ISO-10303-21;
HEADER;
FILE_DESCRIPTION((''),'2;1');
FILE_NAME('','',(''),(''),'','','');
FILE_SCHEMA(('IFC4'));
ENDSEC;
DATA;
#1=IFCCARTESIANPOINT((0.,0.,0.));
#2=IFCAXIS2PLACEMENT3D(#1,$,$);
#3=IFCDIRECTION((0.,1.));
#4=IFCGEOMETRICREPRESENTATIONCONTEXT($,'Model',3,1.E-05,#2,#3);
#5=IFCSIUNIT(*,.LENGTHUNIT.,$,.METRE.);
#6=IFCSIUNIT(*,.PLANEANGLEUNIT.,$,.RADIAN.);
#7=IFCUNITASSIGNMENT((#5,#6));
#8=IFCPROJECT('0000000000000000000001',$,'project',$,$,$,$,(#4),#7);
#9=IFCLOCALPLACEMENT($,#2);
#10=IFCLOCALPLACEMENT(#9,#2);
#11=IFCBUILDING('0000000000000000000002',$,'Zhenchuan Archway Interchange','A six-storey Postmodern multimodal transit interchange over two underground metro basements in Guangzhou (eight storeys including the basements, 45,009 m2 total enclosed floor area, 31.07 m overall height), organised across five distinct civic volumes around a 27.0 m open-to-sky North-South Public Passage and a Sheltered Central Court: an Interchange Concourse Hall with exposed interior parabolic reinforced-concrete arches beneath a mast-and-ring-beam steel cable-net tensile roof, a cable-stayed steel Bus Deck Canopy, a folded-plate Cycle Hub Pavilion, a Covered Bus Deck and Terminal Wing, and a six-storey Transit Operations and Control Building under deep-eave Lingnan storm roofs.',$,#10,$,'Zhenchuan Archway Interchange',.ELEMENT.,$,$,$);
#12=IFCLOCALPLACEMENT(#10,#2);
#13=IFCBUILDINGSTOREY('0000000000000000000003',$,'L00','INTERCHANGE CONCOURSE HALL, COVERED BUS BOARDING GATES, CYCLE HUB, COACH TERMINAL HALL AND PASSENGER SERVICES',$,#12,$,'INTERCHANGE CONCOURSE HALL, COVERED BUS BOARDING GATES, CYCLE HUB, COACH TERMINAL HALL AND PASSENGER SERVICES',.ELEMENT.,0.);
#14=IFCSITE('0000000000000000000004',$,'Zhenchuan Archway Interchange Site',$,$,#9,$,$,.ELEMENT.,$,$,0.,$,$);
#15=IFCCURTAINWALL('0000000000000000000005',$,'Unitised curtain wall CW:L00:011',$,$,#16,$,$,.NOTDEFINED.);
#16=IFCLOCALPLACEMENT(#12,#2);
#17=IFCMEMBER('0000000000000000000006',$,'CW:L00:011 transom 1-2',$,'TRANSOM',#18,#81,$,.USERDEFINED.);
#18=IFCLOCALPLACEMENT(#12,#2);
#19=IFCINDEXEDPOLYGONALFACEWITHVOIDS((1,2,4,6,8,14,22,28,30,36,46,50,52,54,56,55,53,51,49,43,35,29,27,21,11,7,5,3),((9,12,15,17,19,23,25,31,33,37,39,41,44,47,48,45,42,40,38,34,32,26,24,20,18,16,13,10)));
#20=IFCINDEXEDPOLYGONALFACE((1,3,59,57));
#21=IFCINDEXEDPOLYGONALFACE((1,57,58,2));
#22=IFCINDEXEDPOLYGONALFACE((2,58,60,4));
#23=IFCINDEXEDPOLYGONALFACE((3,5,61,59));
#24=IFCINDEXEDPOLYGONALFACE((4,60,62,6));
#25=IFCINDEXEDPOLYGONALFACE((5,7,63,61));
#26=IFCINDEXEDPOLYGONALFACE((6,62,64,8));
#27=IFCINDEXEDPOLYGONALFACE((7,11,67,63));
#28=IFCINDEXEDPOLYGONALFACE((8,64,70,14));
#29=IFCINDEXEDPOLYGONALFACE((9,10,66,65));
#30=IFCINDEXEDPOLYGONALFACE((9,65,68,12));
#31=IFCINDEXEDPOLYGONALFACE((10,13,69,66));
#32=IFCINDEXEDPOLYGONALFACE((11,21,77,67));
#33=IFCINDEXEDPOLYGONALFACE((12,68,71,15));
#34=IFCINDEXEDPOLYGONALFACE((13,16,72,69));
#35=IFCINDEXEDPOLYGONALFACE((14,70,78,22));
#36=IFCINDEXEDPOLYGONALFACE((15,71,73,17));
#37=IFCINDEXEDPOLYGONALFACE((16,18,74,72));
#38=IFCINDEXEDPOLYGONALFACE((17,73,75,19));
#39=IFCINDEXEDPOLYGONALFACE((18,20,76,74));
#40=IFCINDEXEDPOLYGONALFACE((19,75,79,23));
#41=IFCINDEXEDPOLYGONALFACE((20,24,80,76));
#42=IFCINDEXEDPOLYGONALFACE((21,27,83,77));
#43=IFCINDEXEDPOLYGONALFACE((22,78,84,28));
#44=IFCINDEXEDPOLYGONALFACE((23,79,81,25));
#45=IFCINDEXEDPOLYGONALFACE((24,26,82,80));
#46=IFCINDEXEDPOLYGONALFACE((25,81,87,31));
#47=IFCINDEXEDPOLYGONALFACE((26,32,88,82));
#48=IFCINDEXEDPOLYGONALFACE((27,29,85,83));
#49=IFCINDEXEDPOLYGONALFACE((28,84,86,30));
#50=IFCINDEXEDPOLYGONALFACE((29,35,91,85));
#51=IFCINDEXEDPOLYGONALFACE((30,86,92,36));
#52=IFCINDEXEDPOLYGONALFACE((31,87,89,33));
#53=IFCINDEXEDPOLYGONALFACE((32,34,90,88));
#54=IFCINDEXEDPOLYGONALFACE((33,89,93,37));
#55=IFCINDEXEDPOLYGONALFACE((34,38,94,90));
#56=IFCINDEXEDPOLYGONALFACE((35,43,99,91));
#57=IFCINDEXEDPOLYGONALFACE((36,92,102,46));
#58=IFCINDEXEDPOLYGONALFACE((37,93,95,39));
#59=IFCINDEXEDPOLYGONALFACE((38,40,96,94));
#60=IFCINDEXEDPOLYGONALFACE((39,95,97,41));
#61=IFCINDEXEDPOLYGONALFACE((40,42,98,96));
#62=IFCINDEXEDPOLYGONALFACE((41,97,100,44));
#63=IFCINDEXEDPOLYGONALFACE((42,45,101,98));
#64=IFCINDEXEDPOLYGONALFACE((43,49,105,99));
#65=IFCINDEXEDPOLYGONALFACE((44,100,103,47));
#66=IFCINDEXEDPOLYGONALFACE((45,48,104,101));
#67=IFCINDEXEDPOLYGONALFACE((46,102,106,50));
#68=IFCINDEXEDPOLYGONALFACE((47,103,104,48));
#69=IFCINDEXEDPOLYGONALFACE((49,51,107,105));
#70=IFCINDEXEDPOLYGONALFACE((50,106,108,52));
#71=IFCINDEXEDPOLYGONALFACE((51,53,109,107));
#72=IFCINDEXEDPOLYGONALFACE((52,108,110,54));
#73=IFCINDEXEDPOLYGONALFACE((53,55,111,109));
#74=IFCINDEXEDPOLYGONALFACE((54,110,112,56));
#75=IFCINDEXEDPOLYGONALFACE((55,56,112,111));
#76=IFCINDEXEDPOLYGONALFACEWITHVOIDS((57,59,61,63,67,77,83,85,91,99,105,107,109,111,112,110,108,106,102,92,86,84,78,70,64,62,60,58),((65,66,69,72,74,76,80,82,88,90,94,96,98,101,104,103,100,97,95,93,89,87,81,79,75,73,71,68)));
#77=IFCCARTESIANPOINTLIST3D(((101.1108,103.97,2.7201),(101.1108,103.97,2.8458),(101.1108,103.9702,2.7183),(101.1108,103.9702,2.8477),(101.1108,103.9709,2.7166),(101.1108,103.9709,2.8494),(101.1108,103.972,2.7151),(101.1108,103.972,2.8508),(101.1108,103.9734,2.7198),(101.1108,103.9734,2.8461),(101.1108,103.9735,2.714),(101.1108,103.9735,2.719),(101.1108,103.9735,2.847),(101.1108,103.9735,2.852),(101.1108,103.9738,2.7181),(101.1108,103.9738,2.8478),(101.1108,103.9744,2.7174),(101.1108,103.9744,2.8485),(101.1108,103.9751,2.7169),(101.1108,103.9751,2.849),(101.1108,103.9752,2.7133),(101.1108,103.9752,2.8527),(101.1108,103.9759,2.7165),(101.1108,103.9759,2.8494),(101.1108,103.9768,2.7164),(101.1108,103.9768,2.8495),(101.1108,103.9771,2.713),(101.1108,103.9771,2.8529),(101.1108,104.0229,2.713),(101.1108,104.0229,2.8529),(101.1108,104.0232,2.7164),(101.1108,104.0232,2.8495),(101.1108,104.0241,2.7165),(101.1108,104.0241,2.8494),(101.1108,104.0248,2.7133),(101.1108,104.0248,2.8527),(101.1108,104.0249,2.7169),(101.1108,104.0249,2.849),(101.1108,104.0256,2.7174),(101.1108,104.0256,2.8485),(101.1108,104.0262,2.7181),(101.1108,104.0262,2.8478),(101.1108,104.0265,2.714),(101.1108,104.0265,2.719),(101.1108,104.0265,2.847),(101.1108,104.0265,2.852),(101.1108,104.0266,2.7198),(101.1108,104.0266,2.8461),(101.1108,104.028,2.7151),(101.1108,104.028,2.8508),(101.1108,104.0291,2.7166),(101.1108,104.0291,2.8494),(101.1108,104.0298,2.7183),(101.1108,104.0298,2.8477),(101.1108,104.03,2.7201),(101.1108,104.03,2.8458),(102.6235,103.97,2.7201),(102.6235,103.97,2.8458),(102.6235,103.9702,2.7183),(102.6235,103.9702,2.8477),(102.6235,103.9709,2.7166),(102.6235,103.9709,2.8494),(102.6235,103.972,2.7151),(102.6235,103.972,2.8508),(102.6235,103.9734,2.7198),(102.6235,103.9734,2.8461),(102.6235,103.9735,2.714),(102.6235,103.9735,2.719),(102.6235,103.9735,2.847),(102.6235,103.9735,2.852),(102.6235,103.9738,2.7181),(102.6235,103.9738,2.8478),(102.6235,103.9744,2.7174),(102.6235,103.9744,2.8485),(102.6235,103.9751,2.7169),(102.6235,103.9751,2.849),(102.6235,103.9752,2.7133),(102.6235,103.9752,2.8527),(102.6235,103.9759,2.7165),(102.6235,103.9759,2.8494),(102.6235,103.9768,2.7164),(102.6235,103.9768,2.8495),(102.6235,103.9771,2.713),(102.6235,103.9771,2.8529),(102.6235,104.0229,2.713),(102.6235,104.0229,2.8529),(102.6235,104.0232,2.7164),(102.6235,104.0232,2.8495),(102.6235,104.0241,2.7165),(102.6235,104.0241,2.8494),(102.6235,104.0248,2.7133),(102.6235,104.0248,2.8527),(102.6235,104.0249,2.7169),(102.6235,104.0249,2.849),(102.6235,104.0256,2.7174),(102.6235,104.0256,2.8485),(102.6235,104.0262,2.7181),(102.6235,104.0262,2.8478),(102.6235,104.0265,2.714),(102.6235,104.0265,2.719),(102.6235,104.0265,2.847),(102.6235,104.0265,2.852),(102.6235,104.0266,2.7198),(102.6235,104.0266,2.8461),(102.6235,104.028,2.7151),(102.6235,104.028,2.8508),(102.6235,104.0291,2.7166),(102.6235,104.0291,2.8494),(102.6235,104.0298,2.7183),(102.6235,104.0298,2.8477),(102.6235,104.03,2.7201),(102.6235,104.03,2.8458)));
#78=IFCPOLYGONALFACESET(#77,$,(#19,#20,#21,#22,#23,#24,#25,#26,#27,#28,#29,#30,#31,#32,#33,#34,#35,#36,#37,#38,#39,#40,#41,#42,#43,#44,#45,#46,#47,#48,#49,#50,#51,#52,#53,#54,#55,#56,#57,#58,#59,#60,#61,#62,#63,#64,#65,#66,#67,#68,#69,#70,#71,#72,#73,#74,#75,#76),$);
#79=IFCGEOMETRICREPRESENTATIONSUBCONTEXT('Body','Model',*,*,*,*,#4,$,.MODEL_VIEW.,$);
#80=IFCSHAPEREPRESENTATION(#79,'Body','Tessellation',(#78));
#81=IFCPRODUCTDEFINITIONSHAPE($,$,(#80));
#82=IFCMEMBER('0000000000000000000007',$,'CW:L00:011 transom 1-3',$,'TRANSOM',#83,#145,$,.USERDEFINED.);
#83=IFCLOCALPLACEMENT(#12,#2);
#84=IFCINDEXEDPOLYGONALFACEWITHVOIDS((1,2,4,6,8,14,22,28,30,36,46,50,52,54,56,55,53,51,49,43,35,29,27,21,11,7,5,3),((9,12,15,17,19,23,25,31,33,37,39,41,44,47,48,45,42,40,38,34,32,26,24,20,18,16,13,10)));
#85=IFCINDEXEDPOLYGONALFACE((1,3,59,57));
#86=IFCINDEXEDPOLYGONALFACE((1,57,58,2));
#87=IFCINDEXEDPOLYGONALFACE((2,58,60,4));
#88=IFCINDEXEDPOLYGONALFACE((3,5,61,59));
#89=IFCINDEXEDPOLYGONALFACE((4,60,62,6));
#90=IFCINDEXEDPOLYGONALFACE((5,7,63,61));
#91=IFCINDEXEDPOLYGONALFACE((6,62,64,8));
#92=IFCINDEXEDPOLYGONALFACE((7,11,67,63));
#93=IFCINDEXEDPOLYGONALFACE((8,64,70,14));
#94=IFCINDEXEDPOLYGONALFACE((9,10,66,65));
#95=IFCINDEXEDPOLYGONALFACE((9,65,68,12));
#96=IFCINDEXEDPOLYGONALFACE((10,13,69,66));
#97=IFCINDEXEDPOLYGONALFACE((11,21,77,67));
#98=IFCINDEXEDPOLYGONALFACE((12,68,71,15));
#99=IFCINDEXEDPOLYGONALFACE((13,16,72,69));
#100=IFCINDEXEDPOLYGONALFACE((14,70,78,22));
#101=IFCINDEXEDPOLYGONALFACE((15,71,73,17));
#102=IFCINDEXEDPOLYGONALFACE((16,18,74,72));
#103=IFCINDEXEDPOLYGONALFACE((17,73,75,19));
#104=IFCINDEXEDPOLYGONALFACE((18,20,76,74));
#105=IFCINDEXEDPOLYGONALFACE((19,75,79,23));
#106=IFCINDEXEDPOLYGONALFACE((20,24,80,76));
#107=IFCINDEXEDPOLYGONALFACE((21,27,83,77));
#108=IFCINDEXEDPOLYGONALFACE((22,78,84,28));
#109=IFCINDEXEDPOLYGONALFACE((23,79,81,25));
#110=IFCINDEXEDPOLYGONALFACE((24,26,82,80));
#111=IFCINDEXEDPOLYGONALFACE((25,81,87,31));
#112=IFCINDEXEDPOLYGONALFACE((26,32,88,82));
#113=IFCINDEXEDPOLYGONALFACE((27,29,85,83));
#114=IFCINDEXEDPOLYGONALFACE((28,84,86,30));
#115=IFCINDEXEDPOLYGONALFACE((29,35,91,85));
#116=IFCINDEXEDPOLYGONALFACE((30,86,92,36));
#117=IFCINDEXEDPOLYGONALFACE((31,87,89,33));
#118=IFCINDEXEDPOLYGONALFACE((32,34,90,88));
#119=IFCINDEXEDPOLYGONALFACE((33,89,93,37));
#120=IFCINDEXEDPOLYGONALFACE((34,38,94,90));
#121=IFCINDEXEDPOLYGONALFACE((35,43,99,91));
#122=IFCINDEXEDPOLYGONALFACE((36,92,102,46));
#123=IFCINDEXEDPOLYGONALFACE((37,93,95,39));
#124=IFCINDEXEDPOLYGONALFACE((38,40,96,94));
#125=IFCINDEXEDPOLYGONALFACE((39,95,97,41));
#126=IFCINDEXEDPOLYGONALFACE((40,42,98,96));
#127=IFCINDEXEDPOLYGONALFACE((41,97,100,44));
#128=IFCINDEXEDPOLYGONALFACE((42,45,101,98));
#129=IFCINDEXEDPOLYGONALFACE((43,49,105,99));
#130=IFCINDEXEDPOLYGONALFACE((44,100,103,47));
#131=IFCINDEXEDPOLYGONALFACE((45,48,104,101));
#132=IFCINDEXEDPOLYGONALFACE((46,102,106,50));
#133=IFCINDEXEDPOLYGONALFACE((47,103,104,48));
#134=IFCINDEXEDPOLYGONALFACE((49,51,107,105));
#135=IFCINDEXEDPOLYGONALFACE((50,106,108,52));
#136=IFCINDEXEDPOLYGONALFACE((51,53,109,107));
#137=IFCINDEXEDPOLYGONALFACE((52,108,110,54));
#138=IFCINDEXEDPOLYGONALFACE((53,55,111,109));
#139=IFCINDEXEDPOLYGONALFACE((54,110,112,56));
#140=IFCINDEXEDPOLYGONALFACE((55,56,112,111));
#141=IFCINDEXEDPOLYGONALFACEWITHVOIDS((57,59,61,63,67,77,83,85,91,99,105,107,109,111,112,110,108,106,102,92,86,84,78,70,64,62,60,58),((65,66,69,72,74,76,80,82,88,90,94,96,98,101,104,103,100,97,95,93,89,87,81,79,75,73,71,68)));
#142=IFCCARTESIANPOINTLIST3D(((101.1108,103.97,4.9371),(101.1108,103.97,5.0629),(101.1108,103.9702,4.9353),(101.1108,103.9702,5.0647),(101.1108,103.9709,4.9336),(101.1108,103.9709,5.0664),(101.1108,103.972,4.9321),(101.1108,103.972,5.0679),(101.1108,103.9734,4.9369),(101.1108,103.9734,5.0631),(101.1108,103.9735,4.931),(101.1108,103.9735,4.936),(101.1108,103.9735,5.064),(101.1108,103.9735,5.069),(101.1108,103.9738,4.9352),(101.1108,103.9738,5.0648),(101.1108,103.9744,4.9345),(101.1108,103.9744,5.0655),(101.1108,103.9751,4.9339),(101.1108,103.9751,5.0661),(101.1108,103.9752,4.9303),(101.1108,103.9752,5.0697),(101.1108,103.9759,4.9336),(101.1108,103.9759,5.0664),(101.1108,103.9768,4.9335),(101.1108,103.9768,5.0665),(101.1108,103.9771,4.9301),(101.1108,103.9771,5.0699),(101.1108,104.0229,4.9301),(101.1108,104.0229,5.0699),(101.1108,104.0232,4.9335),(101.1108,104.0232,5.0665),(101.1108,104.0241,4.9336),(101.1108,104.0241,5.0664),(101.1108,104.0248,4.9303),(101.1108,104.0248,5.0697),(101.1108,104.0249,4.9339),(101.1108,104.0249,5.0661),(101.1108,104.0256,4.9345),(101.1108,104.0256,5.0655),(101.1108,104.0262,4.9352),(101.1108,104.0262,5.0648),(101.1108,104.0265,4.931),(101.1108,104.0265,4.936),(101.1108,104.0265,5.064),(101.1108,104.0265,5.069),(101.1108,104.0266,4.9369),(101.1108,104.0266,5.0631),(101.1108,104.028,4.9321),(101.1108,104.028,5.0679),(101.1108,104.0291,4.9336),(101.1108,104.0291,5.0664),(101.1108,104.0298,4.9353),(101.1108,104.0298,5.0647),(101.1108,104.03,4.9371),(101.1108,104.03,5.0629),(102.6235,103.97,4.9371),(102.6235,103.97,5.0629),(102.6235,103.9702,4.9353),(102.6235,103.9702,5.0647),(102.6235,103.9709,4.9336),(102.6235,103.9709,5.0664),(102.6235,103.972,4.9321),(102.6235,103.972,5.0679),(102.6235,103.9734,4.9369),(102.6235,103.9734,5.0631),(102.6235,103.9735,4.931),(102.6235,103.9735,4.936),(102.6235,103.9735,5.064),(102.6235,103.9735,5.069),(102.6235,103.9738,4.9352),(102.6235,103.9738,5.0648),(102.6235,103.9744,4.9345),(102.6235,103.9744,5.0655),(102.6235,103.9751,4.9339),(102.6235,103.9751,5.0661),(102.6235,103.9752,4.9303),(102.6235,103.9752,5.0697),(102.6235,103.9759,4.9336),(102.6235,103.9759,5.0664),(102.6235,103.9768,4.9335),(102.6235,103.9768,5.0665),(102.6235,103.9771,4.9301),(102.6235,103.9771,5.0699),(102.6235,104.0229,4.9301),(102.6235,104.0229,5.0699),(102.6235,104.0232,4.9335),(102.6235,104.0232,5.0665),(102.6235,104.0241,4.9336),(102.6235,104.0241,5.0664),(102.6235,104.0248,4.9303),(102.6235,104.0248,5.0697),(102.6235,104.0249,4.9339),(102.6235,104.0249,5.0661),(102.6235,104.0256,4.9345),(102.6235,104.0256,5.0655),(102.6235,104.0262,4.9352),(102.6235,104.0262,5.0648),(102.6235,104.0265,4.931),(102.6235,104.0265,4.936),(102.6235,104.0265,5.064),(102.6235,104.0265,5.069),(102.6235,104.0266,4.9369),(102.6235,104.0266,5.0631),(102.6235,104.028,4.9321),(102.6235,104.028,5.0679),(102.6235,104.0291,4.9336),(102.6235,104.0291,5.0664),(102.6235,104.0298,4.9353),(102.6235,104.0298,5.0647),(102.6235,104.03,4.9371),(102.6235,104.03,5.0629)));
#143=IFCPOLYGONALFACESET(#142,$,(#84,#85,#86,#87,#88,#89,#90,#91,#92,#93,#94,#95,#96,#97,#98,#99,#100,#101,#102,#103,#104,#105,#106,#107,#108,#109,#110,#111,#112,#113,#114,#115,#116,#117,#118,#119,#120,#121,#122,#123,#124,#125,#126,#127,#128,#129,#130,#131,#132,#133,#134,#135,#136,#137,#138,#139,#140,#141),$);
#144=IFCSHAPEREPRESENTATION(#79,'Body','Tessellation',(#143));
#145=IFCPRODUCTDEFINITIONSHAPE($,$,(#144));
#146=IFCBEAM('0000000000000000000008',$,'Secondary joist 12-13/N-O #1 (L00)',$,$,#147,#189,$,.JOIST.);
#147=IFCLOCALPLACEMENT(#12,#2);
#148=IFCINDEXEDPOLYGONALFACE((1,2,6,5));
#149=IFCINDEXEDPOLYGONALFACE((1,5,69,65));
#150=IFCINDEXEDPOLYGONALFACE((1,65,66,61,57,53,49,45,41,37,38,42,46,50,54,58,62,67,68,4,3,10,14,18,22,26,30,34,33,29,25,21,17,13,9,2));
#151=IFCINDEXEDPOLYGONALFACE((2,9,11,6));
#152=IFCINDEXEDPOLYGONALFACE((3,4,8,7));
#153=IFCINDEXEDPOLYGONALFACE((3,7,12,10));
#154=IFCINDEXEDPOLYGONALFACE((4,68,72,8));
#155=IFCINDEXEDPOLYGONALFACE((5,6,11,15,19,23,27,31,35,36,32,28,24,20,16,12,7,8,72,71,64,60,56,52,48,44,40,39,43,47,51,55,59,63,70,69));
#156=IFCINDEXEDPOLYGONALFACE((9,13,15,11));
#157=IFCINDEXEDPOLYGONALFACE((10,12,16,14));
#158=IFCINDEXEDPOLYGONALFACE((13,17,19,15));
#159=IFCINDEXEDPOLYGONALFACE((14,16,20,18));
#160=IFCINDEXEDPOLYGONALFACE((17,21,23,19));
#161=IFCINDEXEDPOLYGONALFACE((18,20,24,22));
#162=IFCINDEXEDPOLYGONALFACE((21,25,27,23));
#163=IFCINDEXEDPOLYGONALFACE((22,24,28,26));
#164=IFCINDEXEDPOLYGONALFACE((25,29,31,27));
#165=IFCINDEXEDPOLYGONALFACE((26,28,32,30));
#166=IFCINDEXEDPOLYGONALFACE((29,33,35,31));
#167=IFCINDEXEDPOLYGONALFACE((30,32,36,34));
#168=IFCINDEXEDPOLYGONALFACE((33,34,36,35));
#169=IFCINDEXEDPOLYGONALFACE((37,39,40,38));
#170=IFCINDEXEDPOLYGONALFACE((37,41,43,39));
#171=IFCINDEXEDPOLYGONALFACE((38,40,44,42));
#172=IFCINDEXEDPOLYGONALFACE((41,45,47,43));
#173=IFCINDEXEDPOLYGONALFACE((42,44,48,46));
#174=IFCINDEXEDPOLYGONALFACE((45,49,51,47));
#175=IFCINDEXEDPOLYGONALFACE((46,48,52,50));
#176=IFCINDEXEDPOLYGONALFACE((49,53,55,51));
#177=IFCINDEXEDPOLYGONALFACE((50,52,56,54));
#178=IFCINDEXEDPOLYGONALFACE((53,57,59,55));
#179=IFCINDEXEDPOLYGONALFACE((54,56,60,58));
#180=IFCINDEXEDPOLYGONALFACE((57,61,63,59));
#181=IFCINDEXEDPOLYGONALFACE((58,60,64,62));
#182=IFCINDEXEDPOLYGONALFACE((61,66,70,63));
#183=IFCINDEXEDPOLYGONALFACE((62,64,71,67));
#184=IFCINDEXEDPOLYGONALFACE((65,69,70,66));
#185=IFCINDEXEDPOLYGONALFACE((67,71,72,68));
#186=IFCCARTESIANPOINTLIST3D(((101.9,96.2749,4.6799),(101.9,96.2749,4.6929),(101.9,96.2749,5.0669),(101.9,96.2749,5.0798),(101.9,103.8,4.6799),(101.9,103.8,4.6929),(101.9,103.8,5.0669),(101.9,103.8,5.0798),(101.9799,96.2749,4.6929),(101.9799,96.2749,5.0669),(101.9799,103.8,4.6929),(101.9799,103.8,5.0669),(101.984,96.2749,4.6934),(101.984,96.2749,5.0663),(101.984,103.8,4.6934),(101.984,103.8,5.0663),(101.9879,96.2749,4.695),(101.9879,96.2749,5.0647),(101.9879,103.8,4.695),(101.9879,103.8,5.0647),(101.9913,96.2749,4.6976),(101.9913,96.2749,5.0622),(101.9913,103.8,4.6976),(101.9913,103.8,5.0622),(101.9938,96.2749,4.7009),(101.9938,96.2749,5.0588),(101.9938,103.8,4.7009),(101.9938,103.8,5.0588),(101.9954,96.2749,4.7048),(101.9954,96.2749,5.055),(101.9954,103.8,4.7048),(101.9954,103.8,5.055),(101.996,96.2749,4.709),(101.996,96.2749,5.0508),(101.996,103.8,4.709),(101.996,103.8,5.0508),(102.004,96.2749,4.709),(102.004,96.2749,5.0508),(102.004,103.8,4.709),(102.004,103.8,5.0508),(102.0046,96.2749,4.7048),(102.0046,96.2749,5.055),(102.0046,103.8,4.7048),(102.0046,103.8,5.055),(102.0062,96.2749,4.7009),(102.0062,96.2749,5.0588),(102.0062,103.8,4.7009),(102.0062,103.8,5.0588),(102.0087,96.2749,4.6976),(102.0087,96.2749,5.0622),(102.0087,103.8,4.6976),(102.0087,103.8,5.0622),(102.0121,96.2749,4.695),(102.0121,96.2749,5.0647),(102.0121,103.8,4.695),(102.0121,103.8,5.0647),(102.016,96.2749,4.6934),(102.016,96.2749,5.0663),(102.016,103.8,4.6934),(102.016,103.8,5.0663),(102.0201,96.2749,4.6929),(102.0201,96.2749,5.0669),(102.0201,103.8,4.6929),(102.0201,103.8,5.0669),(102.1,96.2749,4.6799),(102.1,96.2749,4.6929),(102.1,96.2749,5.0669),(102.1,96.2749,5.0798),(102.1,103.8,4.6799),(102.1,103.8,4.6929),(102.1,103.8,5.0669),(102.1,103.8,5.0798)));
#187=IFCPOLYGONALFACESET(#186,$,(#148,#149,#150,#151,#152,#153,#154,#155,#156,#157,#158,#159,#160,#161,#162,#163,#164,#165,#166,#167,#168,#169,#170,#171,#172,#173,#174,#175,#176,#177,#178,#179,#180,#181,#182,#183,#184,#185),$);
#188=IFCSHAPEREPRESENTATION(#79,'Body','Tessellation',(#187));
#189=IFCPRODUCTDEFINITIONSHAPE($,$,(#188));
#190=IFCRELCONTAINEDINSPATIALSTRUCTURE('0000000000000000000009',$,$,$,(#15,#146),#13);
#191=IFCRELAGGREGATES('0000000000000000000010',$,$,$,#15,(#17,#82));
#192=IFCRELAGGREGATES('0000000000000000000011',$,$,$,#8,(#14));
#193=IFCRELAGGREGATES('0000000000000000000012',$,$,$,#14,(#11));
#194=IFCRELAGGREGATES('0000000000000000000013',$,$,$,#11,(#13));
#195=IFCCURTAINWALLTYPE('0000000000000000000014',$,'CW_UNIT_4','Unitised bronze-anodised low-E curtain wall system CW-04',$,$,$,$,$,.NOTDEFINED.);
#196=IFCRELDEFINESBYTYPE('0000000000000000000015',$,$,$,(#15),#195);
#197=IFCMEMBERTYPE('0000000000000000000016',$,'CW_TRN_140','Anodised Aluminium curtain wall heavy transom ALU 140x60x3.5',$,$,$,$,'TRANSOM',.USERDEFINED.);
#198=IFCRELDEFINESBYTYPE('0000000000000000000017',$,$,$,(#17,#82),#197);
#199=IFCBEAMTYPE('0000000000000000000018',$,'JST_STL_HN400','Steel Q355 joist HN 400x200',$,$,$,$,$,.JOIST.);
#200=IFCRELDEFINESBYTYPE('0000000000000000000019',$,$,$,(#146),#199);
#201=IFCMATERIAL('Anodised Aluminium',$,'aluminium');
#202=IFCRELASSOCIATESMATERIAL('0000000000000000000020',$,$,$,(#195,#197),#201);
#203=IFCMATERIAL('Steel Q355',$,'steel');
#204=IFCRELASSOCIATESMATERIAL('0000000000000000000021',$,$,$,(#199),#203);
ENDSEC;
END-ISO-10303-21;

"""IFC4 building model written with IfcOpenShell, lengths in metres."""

from ifc_helpers import new_model, si_unit, direction, frame, origin, origin_2d, place, context, subcontext, project, spatial, hollow_rectangle, i_section, extrude, material, material_profile, profile_set, type_object, element, aggregate, save


model = new_model("IFC4")

# Units and contexts
model_context = context("Model", 3, precision=1e-05, world=origin(), true_north=direction((0.0, 1.0)))
body_context = subcontext(model_context, "Body", "Model", "MODEL_VIEW")
ifc_project = project(units=[si_unit("LENGTHUNIT", "METRE"), si_unit("PLANEANGLEUNIT", "RADIAN")], contexts=[model_context])

# Site, building, storey
site_placement = place(None, origin())
site = spatial("IfcSite", under=ifc_project, at=site_placement, Name="Zhenchuan Archway Interchange Site", CompositionType="ELEMENT", RefElevation=0.0)
building_placement = place(site_placement, origin())
building = spatial("IfcBuilding", under=site, at=building_placement, Name="Zhenchuan Archway Interchange", Description="A six-storey Postmodern multimodal transit interchange over two underground metro basements in Guangzhou (eight storeys including the basements, 45,009 m2 total enclosed floor area, 31.07 m overall height), organised across five distinct civic volumes around a 27.0 m open-to-sky North-South Public Passage and a Sheltered Central Court: an Interchange Concourse Hall with exposed interior parabolic reinforced-concrete arches beneath a mast-and-ring-beam steel cable-net tensile roof, a cable-stayed steel Bus Deck Canopy, a folded-plate Cycle Hub Pavilion, a Covered Bus Deck and Terminal Wing, and a six-storey Transit Operations and Control Building under deep-eave Lingnan storm roofs.", LongName="Zhenchuan Archway Interchange", CompositionType="ELEMENT")
storey_placement = place(building_placement, origin())
storey = spatial("IfcBuildingStorey", under=building, at=storey_placement, Name="L00", Description="INTERCHANGE CONCOURSE HALL, COVERED BUS BOARDING GATES, CYCLE HUB, COACH TERMINAL HALL AND PASSENGER SERVICES", LongName="INTERCHANGE CONCOURSE HALL, COVERED BUS BOARDING GATES, CYCLE HUB, COACH TERMINAL HALL AND PASSENGER SERVICES", CompositionType="ELEMENT", Elevation=0.0)

# Curtain wall, members
ifc_material_1 = material(Name="Anodised Aluminium", Category="aluminium")
curtain_wall_type = type_object("IfcCurtainWallType", Name="CW_UNIT_4", Description="Unitised bronze-anodised low-E curtain wall system CW-04", PredefinedType="NOTDEFINED", material=ifc_material_1)
curtain_wall_placement = place(storey_placement, origin())
curtain_wall = element("IfcCurtainWall", 1, at=curtain_wall_placement, inside=storey, type_object=curtain_wall_type, Name="Unitised curtain wall CW:L00:011", PredefinedType="NOTDEFINED")
ifc_material_profile_1 = material_profile(ifc_material_1, hollow_rectangle(XDim=0.0601, YDim=0.1399, WallThickness=0.0034, InnerFilletRadius=0.0034, OuterFilletRadius=0.0071, at=origin_2d()), Name="ALU 140x60x3.5")
ifc_profile_set_1 = profile_set([ifc_material_profile_1], Name="Anodised Aluminium")
member_type_1 = type_object("IfcMemberType", Name="CW_TRN_140", Description="Anodised Aluminium curtain wall heavy transom ALU 140x60x3.5", ElementType="TRANSOM", PredefinedType="USERDEFINED", material=ifc_profile_set_1)
member_1_placement = place(storey_placement, frame((101.1108, 104.0, 2.783), z_axis=(1.0, 0.0, 0.0), x_axis=(0.0, 1.0, 0.0)))
member_1 = element("IfcMember", 2, at=member_1_placement, type_object=member_type_1, Name="CW:L00:011 transom 1-2", ObjectType="TRANSOM", PredefinedType="USERDEFINED", context=body_context, shape_type="SweptSolid", body=[
    extrude(hollow_rectangle(XDim=0.0601, YDim=0.1399, WallThickness=0.0034, InnerFilletRadius=0.0034, OuterFilletRadius=0.0071, at=origin_2d()), origin(), (0.0, 0.0, 1.0), 1.5127),
])
member_2_placement = place(storey_placement, frame((101.1108, 104.0, 5.0), z_axis=(1.0, 0.0, 0.0), x_axis=(0.0, 1.0, 0.0)))
member_2 = element("IfcMember", 3, at=member_2_placement, type_object=member_type_1, Name="CW:L00:011 transom 1-3", ObjectType="TRANSOM", PredefinedType="USERDEFINED", context=body_context, shape_type="SweptSolid", body=[
    extrude(hollow_rectangle(XDim=0.0601, YDim=0.1399, WallThickness=0.0034, InnerFilletRadius=0.0034, OuterFilletRadius=0.0071, at=origin_2d()), origin(), (0.0, 0.0, 1.0), 1.5127),
])

# Beam
ifc_material_2 = material(Name="Steel Q355", Category="steel")
ifc_material_profile_2 = material_profile(ifc_material_2, i_section(OverallWidth=0.2, OverallDepth=0.3999, WebThickness=0.0081, FlangeThickness=0.0129, FilletRadius=0.0161, at=origin_2d()), Name="HN 400x200")
ifc_profile_set_2 = profile_set([ifc_material_profile_2], Name="Steel Q355")
beam_type_1 = type_object("IfcBeamType", Name="JST_STL_HN400", Description="Steel Q355 joist HN 400x200", PredefinedType="JOIST", material=ifc_profile_set_2)
beam_1_placement = place(storey_placement, frame((102.0, 96.2749, 4.8799), z_axis=(0.0, 1.0, 0.0), x_axis=(-1.0, 0.0, 0.0)))
element("IfcBeam", 4, at=beam_1_placement, inside=storey, type_object=beam_type_1, Name="Secondary joist 12-13/N-O #1 (L00)", PredefinedType="JOIST", context=body_context, shape_type="SweptSolid", body=[
    extrude(i_section(OverallWidth=0.2, OverallDepth=0.3999, WebThickness=0.0081, FlangeThickness=0.0129, FilletRadius=0.0161, at=origin_2d()), origin(), (0.0, 0.0, 1.0), 7.5251),
])

aggregate(curtain_wall, [member_1, member_2])

save(model, "model.ifc")
